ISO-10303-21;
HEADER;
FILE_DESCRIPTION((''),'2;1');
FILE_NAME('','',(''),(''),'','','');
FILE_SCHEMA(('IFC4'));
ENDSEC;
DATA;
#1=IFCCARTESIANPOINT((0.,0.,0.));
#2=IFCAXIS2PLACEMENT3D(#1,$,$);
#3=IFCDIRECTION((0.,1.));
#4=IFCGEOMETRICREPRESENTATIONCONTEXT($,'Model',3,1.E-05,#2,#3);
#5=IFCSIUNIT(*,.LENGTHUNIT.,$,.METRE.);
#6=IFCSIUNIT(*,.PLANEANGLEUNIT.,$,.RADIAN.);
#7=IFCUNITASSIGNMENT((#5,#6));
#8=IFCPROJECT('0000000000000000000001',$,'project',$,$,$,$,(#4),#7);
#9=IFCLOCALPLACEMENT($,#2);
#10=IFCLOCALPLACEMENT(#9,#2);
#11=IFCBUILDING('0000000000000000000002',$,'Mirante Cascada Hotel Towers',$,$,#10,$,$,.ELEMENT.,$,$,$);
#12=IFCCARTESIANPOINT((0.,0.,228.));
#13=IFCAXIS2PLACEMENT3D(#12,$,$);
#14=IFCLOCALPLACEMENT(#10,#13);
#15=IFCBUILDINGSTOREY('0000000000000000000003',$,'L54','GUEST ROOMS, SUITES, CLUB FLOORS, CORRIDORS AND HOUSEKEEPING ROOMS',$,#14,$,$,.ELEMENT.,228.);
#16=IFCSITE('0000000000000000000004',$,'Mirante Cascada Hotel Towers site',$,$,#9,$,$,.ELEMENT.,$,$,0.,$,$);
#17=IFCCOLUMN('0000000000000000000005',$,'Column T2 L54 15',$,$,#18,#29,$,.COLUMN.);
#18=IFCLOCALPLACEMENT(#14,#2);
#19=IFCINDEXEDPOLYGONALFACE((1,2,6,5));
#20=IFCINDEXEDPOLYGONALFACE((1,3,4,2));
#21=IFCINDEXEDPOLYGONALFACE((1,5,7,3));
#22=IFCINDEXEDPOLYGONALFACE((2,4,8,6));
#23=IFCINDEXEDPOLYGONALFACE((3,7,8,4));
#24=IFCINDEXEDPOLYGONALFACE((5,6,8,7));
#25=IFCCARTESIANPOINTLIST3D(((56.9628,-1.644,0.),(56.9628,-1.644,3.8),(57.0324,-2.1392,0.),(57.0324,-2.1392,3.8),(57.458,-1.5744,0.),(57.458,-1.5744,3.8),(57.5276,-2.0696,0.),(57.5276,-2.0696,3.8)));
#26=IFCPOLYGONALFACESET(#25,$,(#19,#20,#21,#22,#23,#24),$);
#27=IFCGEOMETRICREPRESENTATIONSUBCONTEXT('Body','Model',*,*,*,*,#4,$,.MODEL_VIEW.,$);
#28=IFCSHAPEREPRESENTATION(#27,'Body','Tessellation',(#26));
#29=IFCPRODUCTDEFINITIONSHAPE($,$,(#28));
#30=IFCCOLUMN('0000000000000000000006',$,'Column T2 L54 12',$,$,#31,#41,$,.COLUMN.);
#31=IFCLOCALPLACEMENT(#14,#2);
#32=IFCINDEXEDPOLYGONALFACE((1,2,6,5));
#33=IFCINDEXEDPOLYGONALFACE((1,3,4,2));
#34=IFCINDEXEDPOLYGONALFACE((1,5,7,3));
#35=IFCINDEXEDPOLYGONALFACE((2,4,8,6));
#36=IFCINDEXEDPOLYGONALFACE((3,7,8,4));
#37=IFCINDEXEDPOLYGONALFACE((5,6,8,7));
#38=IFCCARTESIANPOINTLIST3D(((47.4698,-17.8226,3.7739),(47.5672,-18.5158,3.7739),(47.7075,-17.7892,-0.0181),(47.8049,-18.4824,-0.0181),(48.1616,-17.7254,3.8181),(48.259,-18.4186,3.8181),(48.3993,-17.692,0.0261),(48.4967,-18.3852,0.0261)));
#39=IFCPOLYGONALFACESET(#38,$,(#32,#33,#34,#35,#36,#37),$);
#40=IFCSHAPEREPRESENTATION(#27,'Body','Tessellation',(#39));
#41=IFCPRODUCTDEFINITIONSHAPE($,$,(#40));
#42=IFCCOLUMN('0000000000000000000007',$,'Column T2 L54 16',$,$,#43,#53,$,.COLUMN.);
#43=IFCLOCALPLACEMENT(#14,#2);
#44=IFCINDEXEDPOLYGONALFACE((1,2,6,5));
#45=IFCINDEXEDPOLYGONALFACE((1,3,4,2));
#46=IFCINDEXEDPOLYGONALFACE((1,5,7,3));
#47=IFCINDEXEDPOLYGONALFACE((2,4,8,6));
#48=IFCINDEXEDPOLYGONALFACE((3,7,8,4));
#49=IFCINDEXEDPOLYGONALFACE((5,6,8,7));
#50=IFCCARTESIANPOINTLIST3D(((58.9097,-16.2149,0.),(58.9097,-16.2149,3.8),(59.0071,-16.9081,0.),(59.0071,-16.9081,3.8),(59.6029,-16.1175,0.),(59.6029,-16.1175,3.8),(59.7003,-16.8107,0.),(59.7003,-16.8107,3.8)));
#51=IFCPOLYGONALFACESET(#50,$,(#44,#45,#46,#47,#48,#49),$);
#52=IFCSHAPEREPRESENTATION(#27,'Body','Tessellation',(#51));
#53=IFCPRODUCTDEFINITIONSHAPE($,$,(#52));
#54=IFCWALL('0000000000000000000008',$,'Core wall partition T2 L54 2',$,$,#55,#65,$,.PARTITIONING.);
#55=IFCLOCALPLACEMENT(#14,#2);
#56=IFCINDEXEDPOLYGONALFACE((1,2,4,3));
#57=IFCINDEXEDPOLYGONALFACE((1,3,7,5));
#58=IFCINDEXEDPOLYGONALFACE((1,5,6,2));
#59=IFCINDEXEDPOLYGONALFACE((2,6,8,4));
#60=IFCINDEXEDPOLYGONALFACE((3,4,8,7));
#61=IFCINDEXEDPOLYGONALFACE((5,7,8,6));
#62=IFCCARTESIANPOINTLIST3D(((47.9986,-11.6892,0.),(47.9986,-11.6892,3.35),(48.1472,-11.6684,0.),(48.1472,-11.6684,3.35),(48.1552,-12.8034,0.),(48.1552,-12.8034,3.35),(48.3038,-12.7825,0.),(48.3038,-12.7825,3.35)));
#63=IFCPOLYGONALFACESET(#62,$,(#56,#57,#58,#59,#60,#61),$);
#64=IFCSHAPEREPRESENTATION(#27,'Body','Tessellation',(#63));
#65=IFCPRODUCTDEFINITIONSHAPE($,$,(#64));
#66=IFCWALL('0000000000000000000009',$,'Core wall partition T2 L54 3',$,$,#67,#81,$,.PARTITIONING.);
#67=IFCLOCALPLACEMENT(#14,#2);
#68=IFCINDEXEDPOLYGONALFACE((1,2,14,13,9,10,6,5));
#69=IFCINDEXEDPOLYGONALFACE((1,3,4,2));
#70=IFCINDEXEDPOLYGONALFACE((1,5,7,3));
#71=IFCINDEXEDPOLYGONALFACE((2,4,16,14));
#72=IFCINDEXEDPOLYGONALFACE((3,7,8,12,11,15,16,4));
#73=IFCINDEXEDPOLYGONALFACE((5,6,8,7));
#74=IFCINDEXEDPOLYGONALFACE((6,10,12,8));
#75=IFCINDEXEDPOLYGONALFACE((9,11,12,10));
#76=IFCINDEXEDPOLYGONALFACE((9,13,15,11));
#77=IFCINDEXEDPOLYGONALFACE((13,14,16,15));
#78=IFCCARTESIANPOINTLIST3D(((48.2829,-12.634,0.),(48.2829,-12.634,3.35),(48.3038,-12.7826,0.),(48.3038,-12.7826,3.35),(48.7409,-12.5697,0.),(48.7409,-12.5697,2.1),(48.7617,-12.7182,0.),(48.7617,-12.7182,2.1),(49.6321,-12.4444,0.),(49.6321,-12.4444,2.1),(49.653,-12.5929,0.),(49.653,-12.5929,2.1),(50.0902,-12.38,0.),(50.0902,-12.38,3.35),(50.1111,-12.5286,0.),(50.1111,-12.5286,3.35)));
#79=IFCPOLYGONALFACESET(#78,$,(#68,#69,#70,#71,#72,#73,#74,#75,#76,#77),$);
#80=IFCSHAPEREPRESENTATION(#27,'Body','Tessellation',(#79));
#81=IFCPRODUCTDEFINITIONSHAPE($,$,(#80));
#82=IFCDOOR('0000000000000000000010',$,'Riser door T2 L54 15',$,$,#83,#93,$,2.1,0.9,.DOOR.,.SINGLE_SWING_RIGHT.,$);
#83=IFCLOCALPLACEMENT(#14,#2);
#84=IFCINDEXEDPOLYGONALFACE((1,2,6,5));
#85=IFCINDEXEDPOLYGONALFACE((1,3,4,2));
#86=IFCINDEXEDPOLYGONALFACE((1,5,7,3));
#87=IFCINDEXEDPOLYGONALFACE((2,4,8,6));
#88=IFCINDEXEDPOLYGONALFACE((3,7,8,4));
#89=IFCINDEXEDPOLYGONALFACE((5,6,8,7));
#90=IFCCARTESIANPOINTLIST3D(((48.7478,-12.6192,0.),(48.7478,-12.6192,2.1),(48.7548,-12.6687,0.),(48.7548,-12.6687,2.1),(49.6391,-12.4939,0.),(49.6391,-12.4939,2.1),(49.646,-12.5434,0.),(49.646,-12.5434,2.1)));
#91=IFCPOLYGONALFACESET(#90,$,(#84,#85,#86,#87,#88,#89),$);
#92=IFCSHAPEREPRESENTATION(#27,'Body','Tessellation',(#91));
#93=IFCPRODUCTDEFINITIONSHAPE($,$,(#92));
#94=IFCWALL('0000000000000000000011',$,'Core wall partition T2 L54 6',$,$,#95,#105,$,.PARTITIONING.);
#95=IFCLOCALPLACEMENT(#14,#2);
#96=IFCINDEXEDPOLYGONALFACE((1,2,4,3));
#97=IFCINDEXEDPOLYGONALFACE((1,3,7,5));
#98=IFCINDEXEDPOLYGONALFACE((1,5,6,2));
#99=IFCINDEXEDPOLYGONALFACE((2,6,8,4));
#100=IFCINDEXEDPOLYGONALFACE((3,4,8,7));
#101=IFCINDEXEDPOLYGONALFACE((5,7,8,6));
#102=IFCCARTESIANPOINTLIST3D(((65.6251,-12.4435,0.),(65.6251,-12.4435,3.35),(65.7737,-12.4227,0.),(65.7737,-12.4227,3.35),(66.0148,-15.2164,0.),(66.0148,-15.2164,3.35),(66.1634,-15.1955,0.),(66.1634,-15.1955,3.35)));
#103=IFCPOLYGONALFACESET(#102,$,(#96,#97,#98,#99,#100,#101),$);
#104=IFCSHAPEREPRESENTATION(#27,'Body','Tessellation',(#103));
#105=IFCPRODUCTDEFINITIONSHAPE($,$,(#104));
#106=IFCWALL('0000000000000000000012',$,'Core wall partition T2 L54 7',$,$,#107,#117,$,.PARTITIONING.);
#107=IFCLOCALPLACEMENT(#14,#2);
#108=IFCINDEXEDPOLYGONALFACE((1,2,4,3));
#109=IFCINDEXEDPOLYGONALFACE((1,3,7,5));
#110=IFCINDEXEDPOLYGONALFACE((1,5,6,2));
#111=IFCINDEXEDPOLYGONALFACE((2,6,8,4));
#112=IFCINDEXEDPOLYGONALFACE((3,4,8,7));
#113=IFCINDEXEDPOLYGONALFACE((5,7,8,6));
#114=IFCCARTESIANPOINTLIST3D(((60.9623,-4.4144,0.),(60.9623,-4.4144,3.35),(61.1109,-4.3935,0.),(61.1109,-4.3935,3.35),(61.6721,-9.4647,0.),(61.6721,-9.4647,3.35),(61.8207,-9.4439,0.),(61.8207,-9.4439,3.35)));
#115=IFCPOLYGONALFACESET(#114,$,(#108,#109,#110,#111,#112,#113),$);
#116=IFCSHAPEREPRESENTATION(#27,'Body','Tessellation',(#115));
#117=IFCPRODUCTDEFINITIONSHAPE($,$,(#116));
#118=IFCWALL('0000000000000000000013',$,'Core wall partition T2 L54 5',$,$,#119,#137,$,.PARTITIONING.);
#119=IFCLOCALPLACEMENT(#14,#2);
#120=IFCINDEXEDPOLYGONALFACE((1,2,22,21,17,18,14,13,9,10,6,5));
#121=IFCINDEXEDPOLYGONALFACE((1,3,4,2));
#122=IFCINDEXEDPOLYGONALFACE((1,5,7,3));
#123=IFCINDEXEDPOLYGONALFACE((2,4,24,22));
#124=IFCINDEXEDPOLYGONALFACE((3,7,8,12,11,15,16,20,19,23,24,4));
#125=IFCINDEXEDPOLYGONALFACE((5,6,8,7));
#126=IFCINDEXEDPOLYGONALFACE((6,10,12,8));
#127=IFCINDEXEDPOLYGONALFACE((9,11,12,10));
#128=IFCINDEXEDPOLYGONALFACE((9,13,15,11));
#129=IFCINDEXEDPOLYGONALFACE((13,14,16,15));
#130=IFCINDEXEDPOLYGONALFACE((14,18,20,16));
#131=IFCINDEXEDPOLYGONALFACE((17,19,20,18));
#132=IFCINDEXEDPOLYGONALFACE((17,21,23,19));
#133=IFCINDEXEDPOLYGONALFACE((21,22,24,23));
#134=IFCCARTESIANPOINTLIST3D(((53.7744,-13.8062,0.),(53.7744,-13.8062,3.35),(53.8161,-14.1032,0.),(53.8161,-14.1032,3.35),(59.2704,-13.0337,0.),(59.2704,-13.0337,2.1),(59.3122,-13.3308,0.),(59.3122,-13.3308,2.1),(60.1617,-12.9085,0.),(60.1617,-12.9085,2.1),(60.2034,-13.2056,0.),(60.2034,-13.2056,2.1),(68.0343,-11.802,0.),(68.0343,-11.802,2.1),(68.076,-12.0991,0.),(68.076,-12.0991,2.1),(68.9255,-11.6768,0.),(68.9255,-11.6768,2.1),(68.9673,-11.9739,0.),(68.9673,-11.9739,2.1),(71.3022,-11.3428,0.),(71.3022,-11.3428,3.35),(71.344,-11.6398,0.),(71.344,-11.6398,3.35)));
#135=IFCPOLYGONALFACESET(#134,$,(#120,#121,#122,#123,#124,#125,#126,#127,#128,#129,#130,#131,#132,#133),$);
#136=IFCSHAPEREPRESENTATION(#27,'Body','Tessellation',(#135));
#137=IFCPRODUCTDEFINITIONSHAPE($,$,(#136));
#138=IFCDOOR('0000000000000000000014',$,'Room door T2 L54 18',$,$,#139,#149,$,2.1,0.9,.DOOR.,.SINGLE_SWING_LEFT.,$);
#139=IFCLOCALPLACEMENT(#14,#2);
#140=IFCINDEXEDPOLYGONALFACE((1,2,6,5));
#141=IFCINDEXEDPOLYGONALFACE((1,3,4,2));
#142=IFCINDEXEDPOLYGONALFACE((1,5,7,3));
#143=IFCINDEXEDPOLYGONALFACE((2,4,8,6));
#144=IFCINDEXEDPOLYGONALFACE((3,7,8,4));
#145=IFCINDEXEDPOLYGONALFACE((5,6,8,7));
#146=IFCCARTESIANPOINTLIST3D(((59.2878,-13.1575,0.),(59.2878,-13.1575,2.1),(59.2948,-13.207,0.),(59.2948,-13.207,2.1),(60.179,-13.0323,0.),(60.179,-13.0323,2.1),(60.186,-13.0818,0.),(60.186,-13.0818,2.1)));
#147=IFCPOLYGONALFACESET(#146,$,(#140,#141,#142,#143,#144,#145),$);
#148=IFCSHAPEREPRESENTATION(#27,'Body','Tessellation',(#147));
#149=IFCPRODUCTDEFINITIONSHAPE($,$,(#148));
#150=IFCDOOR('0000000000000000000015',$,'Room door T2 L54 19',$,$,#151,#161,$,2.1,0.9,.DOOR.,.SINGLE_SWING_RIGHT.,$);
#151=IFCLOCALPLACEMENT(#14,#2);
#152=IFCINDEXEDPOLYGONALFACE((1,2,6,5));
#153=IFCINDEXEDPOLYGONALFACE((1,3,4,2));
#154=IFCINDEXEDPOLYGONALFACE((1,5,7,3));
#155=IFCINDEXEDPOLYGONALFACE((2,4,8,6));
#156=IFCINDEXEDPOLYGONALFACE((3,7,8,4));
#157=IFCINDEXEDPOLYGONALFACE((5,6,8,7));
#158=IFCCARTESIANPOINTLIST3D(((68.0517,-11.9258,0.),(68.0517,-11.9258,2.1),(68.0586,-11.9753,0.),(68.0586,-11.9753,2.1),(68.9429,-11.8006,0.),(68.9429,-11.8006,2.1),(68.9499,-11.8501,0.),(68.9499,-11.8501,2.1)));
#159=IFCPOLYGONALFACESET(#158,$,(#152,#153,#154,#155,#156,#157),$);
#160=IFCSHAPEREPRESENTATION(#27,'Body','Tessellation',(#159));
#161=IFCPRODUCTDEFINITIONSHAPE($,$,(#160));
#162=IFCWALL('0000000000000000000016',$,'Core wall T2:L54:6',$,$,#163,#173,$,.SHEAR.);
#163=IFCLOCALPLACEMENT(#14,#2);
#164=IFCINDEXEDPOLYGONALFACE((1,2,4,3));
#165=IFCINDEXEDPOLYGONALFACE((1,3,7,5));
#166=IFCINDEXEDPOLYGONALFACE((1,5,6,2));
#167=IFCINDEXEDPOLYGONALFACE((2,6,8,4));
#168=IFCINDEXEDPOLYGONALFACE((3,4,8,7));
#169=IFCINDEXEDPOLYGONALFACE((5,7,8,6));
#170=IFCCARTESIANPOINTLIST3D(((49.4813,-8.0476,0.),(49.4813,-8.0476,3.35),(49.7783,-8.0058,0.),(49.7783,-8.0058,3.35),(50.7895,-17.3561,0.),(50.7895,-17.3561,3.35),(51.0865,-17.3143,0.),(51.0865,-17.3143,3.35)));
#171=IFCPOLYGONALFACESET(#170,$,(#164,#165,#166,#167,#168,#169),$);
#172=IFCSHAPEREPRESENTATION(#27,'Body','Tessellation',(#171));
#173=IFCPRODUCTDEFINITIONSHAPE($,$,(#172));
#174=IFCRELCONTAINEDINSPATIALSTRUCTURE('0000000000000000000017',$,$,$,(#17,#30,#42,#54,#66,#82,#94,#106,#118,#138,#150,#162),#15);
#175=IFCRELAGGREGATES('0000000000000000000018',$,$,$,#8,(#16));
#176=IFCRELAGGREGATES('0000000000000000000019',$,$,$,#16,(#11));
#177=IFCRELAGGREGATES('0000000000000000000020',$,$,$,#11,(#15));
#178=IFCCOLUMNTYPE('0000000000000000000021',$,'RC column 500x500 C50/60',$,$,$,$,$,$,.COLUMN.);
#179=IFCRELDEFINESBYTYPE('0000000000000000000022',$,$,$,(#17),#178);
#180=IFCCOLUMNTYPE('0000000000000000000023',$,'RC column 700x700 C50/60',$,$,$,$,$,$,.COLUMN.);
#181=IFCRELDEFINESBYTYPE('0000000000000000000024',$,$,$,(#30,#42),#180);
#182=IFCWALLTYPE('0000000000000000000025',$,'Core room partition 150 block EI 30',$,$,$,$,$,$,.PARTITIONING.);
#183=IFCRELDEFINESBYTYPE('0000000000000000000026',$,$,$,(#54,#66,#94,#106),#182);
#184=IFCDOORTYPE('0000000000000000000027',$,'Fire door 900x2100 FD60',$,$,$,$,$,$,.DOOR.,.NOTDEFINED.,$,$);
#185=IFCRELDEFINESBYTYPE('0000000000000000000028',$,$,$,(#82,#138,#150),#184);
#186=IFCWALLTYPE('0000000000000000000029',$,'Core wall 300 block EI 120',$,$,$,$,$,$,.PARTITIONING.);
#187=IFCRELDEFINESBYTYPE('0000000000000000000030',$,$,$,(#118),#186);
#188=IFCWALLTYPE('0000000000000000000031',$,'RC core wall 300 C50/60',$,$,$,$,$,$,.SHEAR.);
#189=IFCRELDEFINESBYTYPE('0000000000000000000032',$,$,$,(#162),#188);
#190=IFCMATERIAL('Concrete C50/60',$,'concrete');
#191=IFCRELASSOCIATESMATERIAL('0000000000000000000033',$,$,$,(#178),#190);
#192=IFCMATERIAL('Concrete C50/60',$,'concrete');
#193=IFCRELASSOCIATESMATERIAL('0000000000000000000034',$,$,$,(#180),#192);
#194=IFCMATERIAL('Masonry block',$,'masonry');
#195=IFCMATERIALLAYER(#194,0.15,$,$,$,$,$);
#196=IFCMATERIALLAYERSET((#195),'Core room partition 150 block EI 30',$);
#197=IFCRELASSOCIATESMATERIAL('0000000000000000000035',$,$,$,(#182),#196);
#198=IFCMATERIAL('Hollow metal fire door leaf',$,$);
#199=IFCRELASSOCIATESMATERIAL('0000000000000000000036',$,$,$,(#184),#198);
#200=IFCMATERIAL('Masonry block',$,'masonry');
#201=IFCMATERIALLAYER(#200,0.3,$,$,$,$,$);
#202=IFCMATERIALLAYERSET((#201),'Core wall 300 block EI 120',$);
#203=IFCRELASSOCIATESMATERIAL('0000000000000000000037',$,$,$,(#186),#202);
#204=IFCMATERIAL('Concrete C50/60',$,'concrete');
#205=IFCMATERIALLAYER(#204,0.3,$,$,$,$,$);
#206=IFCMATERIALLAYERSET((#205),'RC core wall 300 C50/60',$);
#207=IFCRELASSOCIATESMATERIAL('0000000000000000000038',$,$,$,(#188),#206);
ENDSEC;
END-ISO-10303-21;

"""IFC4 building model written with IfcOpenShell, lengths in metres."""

from ifc_helpers import new_model, si_unit, direction, frame, frame_2d, origin, origin_2d, place, context, subcontext, project, spatial, rectangle, extrude, material, layer, layer_set, material_profile, profile_set, type_object, element, fill, save


model = new_model("IFC4")

# Units and contexts
model_context = context("Model", 3, precision=1e-05, world=origin(), true_north=direction((0.0, 1.0)))
body_context = subcontext(model_context, "Body", "Model", "MODEL_VIEW")
ifc_project = project(units=[si_unit("LENGTHUNIT", "METRE"), si_unit("PLANEANGLEUNIT", "RADIAN")], contexts=[model_context])

# Site, building, storey
site_placement = place(None, origin())
site = spatial("IfcSite", under=ifc_project, at=site_placement, Name="Mirante Cascada Hotel Towers site", CompositionType="ELEMENT", RefElevation=0.0)
building_placement = place(site_placement, origin())
building = spatial("IfcBuilding", under=site, at=building_placement, Name="Mirante Cascada Hotel Towers", CompositionType="ELEMENT")
storey_placement = place(building_placement, frame((0.0, 0.0, 228.0)))
storey = spatial("IfcBuildingStorey", under=building, at=storey_placement, Name="L54", Description="GUEST ROOMS, SUITES, CLUB FLOORS, CORRIDORS AND HOUSEKEEPING ROOMS", CompositionType="ELEMENT", Elevation=228.0)

# Columns
ifc_material_1 = material(Name="Concrete C50/60", Category="concrete")
ifc_material_profile_1 = material_profile(ifc_material_1, rectangle(XDim=0.5, YDim=0.5, at=origin_2d()), Name="RC column 500x500 C50/60")
ifc_profile_set_1 = profile_set([ifc_material_profile_1], Name="Concrete C50/60")
column_type_1 = type_object("IfcColumnType", Name="RC column 500x500 C50/60", PredefinedType="COLUMN", material=ifc_profile_set_1)
column_1_placement = place(storey_placement, frame((57.2452, -1.8568, 0.0), z_axis=(0.0, 0.0, 1.0), x_axis=(0.990268, 0.139173, 0.0)))
element("IfcColumn", 1, at=column_1_placement, inside=storey, type_object=column_type_1, Name="Column T2 L54 15", PredefinedType="COLUMN", context=body_context, shape_type="SweptSolid", body=[
    extrude(rectangle(XDim=0.5, YDim=0.5, at=origin_2d()), origin(), (0.0, 0.0, 1.0), 3.8),
])
ifc_material_2 = material(Name="Concrete C50/60", Category="concrete")
ifc_material_profile_2 = material_profile(ifc_material_2, rectangle(XDim=0.7, YDim=0.7, at=origin_2d()), Name="RC column 700x700 C50/60")
ifc_profile_set_2 = profile_set([ifc_material_profile_2], Name="Concrete C50/60")
column_type_2 = type_object("IfcColumnType", Name="RC column 700x700 C50/60", PredefinedType="COLUMN", material=ifc_profile_set_2)
column_2_placement = place(storey_placement, frame((48.1021, -18.0872, 0.004), z_axis=(-0.062559, -0.00879, 0.998003), x_axis=(0.139146, -0.990272, 0.0)))
element("IfcColumn", 2, at=column_2_placement, inside=storey, type_object=column_type_2, Name="Column T2 L54 12", PredefinedType="COLUMN", context=body_context, shape_type="SweptSolid", body=[
    extrude(rectangle(XDim=0.7, YDim=0.7, at=origin_2d()), origin(), (0.0, 0.0, 1.0), 3.7996),
])
column_3_placement = place(storey_placement, frame((59.305, -16.5128, 0.0), z_axis=(0.0, 0.0, 1.0), x_axis=(0.990268, 0.139173, 0.0)))
element("IfcColumn", 3, at=column_3_placement, inside=storey, type_object=column_type_2, Name="Column T2 L54 16", PredefinedType="COLUMN", context=body_context, shape_type="SweptSolid", body=[
    extrude(rectangle(XDim=0.7, YDim=0.7, at=origin_2d()), origin(), (0.0, 0.0, 1.0), 3.8),
])

# Wall
ifc_material_3 = material(Name="Masonry block", Category="masonry")
ifc_layer_1 = layer(ifc_material_3, 0.15)
ifc_layer_set_1 = layer_set([ifc_layer_1], Name="Core room partition 150 block EI 30")
wall_type_1 = type_object("IfcWallType", Name="Core room partition 150 block EI 30", PredefinedType="PARTITIONING", material=ifc_layer_set_1)
wall_1_placement = place(storey_placement, frame((48.2295, -12.793, 0.0), z_axis=(0.0, 0.0, 1.0), x_axis=(-0.139193, 0.990265, 0.0)))
element("IfcWall", 4, at=wall_1_placement, inside=storey, type_object=wall_type_1, Name="Core wall partition T2 L54 2", PredefinedType="PARTITIONING", context=body_context, shape_type="SweptSolid", body=[
    extrude(rectangle(XDim=1.1251, YDim=0.15, at=frame_2d((0.5626, 0.0))), origin(), (0.0, 0.0, 1.0), 3.35),
])

# Wall, opening, door
wall_2_placement = place(storey_placement, frame((48.2933, -12.7083, 0.0), z_axis=(0.0, 0.0, 1.0), x_axis=(0.990268, 0.139173, 0.0)))
wall_2 = element("IfcWall", 5, at=wall_2_placement, inside=storey, type_object=wall_type_1, Name="Core wall partition T2 L54 3", PredefinedType="PARTITIONING", context=body_context, shape_type="SweptSolid", body=[
    extrude(rectangle(XDim=1.8251, YDim=0.15, at=frame_2d((0.9126, 0.0))), origin(), (0.0, 0.0, 1.0), 3.35),
])
opening_1_placement = place(wall_2_placement, frame((0.4625, 0.0, 0.0)))
opening_1 = element("IfcOpeningElement", 6, at=opening_1_placement, cuts=wall_2, PredefinedType="OPENING", context=body_context, shape_type="SweptSolid", body=[
    extrude(rectangle(XDim=0.9, YDim=2.1, at=frame_2d((0.45, 1.05))), frame((0.0, 0.075, 0.0), z_axis=(0.0, -1.0, 0.0), x_axis=(1.0, 0.0, 0.0)), (0.0, 0.0, 1.0), 0.15),
])
ifc_material_4 = material(Name="Hollow metal fire door leaf")
door_type_1 = type_object("IfcDoorType", Name="Fire door 900x2100 FD60", OperationType="NOTDEFINED", PredefinedType="DOOR", material=ifc_material_4)
door_1_placement = place(opening_1_placement, frame((0.9, 0.0, 0.0), z_axis=(0.0, 0.0, 1.0), x_axis=(-1.0, 0.0, 0.0)))
door_1 = element("IfcDoor", 7, at=door_1_placement, inside=storey, type_object=door_type_1, Name="Riser door T2 L54 15", OperationType="SINGLE_SWING_RIGHT", OverallHeight=2.1, OverallWidth=0.9, PredefinedType="DOOR", context=body_context, shape_type="SweptSolid", body=[
    extrude(rectangle(XDim=0.9, YDim=2.1, at=frame_2d((0.45, 1.05))), frame((0.0, 0.025, 0.0), z_axis=(0.0, -1.0, 0.0), x_axis=(1.0, 0.0, 0.0)), (0.0, 0.0, 1.0), 0.05),
])
fill(opening_1, door_1)

# Walls
wall_3_placement = place(storey_placement, frame((66.0891, -15.2059, 0.0), z_axis=(0.0, 0.0, 1.0), x_axis=(-0.139176, 0.990268, 0.0)))
element("IfcWall", 8, at=wall_3_placement, inside=storey, type_object=wall_type_1, Name="Core wall partition T2 L54 6", PredefinedType="PARTITIONING", context=body_context, shape_type="SweptSolid", body=[
    extrude(rectangle(XDim=2.8001, YDim=0.15, at=frame_2d((1.4, 0.0))), origin(), (0.0, 0.0, 1.0), 3.35),
])
wall_4_placement = place(storey_placement, frame((61.7464, -9.4543, 0.0), z_axis=(0.0, 0.0, 1.0), x_axis=(-0.139176, 0.990268, 0.0)))
element("IfcWall", 9, at=wall_4_placement, inside=storey, type_object=wall_type_1, Name="Core wall partition T2 L54 7", PredefinedType="PARTITIONING", context=body_context, shape_type="SweptSolid", body=[
    extrude(rectangle(XDim=5.1, YDim=0.15, at=frame_2d((2.55, 0.0))), origin(), (0.0, 0.0, 1.0), 3.35),
])

# Wall, openings, doors
ifc_material_5 = material(Name="Masonry block", Category="masonry")
ifc_layer_2 = layer(ifc_material_5, 0.3)
ifc_layer_set_2 = layer_set([ifc_layer_2], Name="Core wall 300 block EI 120")
wall_type_2 = type_object("IfcWallType", Name="Core wall 300 block EI 120", PredefinedType="PARTITIONING", material=ifc_layer_set_2)
wall_5_placement = place(storey_placement, frame((53.7953, -13.9547, 0.0), z_axis=(0.0, 0.0, 1.0), x_axis=(0.990268, 0.139175, 0.0)))
wall_5 = element("IfcWall", 10, at=wall_5_placement, inside=storey, type_object=wall_type_2, Name="Core wall partition T2 L54 5", PredefinedType="PARTITIONING", context=body_context, shape_type="SweptSolid", body=[
    extrude(rectangle(XDim=17.7001, YDim=0.3, at=frame_2d((8.85, 0.0))), origin(), (0.0, 0.0, 1.0), 3.35),
])
opening_2_placement = place(wall_5_placement, frame((5.55, 0.0, 0.0)))
opening_2 = element("IfcOpeningElement", 11, at=opening_2_placement, cuts=wall_5, PredefinedType="OPENING", context=body_context, shape_type="SweptSolid", body=[
    extrude(rectangle(XDim=0.9, YDim=2.1, at=frame_2d((0.45, 1.05))), frame((0.0, 0.15, 0.0), z_axis=(0.0, -1.0, 0.0), x_axis=(1.0, 0.0, 0.0)), (0.0, 0.0, 1.0), 0.3),
])
opening_3_placement = place(wall_5_placement, frame((14.4, 0.0, 0.0)))
opening_3 = element("IfcOpeningElement", 12, at=opening_3_placement, cuts=wall_5, PredefinedType="OPENING", context=body_context, shape_type="SweptSolid", body=[
    extrude(rectangle(XDim=0.9, YDim=2.1, at=frame_2d((0.45, 1.05))), frame((0.0, 0.15, 0.0), z_axis=(0.0, -1.0, 0.0), x_axis=(1.0, 0.0, 0.0)), (0.0, 0.0, 1.0), 0.3),
])
door_2_placement = place(opening_2_placement, frame((0.9, 0.0, 0.0), z_axis=(0.0, 0.0, 1.0), x_axis=(-1.0, 0.0, 0.0)))
door_2 = element("IfcDoor", 13, at=door_2_placement, inside=storey, type_object=door_type_1, Name="Room door T2 L54 18", OperationType="SINGLE_SWING_LEFT", OverallHeight=2.1, OverallWidth=0.9, PredefinedType="DOOR", context=body_context, shape_type="SweptSolid", body=[
    extrude(rectangle(XDim=0.9, YDim=2.1, at=frame_2d((0.45, 1.05))), frame((0.0, 0.025, 0.0), z_axis=(0.0, -1.0, 0.0), x_axis=(1.0, 0.0, 0.0)), (0.0, 0.0, 1.0), 0.05),
])
fill(opening_2, door_2)
door_3_placement = place(opening_3_placement, frame((0.9, 0.0, 0.0), z_axis=(0.0, 0.0, 1.0), x_axis=(-1.0, 0.0, 0.0)))
door_3 = element("IfcDoor", 14, at=door_3_placement, inside=storey, type_object=door_type_1, Name="Room door T2 L54 19", OperationType="SINGLE_SWING_RIGHT", OverallHeight=2.1, OverallWidth=0.9, PredefinedType="DOOR", context=body_context, shape_type="SweptSolid", body=[
    extrude(rectangle(XDim=0.9, YDim=2.1, at=frame_2d((0.45, 1.05))), frame((0.0, 0.025, 0.0), z_axis=(0.0, -1.0, 0.0), x_axis=(1.0, 0.0, 0.0)), (0.0, 0.0, 1.0), 0.05),
])
fill(opening_3, door_3)

# Wall
ifc_material_6 = material(Name="Concrete C50/60", Category="concrete")
ifc_layer_3 = layer(ifc_material_6, 0.3)
ifc_layer_set_3 = layer_set([ifc_layer_3], Name="RC core wall 300 C50/60")
wall_type_3 = type_object("IfcWallType", Name="RC core wall 300 C50/60", PredefinedType="SHEAR", material=ifc_layer_set_3)
wall_6_placement = place(storey_placement, frame((50.938, -17.3352, 0.0), z_axis=(0.0, 0.0, 1.0), x_axis=(-0.139171, 0.990268, 0.0)))
element("IfcWall", 15, at=wall_6_placement, inside=storey, type_object=wall_type_3, Name="Core wall T2:L54:6", PredefinedType="SHEAR", context=body_context, shape_type="SweptSolid", body=[
    extrude(rectangle(XDim=9.4, YDim=0.3, at=frame_2d((4.7, 0.0))), origin(), (0.0, 0.0, 1.0), 3.35),
])

save(model, "model.ifc")
